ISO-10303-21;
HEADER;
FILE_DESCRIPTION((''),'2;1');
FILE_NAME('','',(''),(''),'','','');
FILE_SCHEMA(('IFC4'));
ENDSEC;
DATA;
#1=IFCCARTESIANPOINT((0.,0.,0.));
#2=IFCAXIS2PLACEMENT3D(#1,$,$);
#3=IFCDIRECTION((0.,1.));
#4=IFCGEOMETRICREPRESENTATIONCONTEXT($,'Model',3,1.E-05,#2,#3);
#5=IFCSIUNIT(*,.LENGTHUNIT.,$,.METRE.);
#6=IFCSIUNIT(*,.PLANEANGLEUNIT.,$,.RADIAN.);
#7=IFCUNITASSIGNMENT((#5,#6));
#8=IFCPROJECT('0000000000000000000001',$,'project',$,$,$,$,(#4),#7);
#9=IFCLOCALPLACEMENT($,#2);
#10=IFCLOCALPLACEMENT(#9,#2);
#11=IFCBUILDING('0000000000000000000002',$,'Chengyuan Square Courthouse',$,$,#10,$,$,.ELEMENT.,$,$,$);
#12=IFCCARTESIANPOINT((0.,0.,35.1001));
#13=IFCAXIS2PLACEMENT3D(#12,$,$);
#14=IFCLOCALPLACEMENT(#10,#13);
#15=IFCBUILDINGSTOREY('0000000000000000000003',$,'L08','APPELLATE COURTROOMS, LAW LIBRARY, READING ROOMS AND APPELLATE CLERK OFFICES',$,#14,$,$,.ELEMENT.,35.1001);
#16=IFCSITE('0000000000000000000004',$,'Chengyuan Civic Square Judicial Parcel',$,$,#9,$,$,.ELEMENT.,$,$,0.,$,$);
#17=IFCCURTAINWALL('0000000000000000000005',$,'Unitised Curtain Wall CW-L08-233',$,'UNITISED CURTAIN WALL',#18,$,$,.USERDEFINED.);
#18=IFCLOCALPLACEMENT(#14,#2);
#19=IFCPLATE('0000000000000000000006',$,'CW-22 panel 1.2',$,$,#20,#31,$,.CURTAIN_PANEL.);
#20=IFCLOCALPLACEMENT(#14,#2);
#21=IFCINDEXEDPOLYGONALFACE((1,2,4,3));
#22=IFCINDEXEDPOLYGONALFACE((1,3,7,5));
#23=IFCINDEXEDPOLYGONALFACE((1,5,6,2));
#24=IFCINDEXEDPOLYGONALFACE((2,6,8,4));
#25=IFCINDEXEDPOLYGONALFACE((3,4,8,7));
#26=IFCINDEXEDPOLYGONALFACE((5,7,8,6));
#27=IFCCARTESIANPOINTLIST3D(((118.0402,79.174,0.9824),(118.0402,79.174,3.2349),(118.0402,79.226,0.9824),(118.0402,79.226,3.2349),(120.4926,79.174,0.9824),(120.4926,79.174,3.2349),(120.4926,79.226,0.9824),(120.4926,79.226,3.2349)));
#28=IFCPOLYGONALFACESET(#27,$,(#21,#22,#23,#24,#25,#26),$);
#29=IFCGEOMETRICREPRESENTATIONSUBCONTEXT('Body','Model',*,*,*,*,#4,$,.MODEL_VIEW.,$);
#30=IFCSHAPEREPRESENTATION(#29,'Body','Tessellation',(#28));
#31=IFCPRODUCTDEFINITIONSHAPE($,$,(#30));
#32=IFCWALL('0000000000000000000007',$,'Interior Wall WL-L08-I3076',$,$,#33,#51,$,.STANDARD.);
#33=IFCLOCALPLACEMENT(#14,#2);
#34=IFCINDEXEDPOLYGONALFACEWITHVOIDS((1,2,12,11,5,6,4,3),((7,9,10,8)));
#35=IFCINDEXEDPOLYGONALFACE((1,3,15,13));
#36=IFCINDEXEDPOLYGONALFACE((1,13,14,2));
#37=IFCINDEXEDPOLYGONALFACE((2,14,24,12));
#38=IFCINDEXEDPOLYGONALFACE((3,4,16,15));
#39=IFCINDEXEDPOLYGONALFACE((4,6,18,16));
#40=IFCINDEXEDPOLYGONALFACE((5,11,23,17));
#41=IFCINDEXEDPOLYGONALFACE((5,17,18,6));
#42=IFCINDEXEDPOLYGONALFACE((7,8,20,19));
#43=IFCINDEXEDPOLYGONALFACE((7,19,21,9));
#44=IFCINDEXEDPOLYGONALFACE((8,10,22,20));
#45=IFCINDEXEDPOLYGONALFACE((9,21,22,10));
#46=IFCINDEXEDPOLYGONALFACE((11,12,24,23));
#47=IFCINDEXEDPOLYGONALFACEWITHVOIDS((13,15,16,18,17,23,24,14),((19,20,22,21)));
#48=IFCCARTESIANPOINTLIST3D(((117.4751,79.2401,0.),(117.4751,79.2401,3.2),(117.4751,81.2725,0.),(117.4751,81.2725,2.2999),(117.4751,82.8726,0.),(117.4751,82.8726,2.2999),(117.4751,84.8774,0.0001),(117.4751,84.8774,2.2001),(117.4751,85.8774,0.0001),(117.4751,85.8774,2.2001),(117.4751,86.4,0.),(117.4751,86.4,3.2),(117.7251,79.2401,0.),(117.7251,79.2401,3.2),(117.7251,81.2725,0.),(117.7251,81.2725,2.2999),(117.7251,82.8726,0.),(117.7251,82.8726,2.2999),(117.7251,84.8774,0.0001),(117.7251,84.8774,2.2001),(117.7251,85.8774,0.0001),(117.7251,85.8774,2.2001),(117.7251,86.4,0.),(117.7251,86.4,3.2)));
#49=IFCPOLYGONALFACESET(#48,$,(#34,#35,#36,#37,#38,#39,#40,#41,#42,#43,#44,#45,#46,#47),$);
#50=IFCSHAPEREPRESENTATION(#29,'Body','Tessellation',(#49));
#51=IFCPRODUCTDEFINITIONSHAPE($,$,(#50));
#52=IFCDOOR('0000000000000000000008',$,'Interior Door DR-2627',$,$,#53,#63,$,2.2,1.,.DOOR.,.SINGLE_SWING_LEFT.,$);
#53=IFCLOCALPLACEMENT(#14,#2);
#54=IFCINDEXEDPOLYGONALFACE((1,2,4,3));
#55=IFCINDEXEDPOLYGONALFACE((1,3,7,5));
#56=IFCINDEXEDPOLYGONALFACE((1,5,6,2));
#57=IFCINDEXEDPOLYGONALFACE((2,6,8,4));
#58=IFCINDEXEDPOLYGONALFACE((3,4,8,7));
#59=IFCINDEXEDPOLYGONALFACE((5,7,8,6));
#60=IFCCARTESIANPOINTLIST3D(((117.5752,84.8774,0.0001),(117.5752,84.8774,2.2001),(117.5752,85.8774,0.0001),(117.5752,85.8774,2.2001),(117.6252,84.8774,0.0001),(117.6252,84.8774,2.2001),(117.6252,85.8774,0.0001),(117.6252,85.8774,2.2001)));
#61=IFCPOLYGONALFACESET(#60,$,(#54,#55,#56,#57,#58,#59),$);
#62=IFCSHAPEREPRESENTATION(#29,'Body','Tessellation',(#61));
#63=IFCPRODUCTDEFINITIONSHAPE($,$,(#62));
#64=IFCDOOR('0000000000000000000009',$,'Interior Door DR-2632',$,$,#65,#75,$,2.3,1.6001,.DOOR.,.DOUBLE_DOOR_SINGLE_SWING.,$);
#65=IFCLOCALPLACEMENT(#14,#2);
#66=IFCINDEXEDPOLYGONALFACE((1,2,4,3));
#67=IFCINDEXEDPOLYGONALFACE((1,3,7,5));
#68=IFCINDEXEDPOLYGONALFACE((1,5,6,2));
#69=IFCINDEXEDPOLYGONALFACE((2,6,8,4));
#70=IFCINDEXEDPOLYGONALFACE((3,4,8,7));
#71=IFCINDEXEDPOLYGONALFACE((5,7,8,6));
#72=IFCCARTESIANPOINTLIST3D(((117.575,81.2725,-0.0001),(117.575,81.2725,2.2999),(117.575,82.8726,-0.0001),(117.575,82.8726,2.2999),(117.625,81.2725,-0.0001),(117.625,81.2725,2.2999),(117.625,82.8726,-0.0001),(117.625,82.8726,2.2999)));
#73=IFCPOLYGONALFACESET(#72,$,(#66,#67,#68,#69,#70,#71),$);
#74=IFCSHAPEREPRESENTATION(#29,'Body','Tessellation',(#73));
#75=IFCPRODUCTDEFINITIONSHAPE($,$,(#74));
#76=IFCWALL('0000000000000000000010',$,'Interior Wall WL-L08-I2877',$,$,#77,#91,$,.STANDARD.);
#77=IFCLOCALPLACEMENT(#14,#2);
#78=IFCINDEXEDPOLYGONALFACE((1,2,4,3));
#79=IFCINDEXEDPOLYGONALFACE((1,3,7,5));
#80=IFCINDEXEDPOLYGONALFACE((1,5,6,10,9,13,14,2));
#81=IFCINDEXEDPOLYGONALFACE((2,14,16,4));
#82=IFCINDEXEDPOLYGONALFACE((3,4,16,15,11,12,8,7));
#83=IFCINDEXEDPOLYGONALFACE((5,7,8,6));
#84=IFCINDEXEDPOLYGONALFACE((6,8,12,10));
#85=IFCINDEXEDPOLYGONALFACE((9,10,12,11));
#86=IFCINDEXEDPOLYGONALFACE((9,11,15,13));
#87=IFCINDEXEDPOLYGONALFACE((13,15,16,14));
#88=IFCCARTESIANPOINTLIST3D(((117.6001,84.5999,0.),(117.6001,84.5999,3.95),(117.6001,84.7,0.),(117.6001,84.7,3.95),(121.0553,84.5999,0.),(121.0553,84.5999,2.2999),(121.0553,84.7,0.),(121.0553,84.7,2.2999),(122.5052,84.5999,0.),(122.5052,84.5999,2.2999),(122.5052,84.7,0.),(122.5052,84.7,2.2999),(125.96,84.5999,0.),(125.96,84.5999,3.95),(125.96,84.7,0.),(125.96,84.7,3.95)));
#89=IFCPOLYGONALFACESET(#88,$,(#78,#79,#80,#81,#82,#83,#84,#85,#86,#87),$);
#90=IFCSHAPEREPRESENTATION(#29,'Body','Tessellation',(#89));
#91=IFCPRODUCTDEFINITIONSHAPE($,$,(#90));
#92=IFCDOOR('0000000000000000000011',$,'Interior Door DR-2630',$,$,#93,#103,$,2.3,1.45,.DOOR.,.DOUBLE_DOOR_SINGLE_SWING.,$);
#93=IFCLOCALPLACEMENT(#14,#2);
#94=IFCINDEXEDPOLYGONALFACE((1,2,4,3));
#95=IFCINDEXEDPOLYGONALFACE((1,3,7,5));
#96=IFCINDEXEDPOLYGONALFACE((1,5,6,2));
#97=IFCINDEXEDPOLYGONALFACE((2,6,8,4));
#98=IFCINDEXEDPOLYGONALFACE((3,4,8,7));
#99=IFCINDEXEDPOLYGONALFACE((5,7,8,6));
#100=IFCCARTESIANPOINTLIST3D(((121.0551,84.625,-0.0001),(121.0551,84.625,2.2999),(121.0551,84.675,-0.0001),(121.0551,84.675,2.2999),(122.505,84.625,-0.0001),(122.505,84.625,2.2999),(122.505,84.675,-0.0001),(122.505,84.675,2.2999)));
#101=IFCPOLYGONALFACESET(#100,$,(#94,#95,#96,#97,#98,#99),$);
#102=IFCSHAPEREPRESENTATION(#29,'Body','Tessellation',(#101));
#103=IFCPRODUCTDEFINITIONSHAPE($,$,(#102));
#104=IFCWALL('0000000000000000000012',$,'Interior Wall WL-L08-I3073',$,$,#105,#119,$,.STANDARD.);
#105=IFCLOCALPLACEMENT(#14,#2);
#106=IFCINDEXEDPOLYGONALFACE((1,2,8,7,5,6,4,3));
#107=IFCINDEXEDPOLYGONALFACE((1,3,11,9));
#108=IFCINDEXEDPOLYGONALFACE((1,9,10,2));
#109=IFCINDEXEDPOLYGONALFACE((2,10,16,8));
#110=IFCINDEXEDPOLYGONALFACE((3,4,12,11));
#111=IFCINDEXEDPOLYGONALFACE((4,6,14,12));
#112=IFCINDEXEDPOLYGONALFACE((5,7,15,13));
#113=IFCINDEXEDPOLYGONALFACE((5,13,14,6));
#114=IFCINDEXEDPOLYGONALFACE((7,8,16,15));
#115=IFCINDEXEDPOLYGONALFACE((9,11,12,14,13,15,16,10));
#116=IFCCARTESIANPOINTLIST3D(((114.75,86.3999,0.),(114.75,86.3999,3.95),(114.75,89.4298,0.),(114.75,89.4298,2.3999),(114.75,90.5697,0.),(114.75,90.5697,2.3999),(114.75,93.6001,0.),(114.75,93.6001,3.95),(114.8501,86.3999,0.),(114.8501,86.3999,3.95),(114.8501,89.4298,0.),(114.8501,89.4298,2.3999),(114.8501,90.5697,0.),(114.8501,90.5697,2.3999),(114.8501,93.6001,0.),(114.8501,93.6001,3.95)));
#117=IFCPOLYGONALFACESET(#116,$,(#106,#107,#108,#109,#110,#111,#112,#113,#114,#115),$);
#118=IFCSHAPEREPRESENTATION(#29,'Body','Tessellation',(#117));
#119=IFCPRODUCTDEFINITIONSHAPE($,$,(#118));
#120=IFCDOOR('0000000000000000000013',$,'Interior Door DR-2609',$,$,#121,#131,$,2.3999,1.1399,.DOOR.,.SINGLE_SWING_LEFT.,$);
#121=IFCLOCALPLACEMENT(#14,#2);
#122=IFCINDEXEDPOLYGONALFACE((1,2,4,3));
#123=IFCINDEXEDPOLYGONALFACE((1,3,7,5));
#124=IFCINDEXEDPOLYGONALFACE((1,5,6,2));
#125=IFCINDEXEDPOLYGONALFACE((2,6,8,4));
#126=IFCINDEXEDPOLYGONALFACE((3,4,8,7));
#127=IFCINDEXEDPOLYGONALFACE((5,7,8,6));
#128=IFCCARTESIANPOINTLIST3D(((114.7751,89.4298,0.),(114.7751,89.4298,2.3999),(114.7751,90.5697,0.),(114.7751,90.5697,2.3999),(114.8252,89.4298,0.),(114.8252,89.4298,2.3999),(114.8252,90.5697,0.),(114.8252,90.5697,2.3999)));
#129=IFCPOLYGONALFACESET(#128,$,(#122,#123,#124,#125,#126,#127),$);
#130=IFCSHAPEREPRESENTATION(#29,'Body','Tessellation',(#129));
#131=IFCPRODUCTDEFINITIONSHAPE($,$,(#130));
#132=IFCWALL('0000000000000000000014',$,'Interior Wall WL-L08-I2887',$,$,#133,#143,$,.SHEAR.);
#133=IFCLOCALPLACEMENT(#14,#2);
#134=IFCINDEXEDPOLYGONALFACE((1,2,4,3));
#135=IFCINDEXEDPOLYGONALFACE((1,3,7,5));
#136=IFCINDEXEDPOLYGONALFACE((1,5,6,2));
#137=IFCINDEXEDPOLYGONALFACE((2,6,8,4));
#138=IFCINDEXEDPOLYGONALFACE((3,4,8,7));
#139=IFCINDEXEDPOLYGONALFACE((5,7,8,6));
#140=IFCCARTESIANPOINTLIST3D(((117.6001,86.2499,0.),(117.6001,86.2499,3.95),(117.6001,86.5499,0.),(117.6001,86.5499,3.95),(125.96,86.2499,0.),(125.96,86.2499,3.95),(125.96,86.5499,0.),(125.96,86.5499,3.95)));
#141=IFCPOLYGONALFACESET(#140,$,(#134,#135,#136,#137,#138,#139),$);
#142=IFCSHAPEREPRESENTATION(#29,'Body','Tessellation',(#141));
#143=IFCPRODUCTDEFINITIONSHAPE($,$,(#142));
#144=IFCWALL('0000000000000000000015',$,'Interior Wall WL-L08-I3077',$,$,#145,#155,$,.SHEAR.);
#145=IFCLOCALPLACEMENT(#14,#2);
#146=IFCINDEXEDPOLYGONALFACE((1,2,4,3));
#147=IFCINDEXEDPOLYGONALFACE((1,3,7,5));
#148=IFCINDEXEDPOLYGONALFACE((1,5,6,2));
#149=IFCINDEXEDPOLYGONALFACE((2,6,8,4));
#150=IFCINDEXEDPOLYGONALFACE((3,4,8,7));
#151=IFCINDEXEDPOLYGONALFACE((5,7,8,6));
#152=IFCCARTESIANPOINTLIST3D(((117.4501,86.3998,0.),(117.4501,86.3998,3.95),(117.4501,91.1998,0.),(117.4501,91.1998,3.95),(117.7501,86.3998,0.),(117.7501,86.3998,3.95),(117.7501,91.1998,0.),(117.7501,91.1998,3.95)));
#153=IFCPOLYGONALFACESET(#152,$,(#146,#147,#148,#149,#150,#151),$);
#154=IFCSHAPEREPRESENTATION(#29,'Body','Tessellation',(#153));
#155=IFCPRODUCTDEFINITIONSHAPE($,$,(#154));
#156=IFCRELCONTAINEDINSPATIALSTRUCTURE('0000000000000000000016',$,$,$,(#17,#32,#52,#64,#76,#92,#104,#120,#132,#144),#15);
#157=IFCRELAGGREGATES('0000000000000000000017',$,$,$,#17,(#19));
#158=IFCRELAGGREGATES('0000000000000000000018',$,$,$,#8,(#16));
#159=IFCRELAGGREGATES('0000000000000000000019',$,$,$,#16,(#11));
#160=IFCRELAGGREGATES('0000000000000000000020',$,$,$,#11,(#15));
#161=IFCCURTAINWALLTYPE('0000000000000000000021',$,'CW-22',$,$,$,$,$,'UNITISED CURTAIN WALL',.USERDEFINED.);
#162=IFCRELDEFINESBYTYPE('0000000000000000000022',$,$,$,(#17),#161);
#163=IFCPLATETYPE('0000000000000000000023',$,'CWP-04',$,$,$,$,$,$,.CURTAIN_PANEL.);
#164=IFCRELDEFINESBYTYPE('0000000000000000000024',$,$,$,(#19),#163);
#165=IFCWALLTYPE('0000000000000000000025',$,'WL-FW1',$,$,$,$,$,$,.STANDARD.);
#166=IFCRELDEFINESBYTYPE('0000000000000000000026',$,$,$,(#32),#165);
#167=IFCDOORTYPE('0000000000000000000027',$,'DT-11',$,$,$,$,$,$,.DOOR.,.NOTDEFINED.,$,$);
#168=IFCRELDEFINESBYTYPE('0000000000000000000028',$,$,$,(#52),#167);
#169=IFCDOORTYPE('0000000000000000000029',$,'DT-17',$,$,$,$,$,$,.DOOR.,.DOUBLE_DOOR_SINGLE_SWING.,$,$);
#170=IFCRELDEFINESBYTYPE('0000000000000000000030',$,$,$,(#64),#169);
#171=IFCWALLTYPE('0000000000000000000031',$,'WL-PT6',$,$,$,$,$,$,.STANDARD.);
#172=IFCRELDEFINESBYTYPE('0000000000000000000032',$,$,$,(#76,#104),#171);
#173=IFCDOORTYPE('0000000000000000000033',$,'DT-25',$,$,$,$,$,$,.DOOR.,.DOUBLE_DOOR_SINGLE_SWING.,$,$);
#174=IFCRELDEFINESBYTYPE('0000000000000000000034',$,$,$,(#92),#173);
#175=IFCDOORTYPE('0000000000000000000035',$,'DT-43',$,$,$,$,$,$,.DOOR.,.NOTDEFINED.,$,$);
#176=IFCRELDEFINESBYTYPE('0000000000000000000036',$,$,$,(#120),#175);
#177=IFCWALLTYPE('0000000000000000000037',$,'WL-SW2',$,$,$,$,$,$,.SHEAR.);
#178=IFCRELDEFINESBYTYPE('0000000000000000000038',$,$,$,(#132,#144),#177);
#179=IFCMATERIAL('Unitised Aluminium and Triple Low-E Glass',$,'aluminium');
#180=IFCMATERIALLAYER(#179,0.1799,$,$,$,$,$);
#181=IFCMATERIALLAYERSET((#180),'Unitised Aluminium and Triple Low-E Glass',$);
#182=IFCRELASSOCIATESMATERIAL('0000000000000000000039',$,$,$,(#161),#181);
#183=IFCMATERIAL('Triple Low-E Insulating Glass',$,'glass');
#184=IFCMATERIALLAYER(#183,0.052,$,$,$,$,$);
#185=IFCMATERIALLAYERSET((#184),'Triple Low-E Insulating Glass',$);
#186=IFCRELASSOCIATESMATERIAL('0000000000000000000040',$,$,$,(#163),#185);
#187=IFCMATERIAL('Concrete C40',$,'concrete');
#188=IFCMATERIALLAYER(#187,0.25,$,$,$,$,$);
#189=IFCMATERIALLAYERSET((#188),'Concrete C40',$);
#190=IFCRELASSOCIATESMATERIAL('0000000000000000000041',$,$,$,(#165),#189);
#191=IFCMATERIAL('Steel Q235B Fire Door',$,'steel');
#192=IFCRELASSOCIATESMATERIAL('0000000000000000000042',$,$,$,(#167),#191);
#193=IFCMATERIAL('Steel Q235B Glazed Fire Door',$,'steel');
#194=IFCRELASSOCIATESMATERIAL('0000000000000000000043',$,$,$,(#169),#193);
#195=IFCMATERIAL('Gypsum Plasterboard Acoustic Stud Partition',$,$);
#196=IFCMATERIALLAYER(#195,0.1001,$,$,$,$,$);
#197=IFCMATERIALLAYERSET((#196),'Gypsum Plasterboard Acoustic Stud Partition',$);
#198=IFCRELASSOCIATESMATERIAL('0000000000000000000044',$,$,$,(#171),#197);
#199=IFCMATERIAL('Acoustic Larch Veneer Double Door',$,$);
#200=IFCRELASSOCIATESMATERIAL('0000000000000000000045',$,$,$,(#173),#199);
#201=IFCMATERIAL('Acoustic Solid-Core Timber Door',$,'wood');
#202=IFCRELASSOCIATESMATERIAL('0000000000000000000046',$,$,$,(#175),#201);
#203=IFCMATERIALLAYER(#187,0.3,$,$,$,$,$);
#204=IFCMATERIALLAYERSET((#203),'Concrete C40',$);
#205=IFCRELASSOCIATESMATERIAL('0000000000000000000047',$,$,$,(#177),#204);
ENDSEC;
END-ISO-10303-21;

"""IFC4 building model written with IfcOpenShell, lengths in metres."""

from ifc_helpers import new_model, si_unit, direction, frame, frame_2d, origin, origin_2d, place, context, subcontext, project, spatial, rectangle, extrude, material, layer, layer_set, type_object, element, fill, aggregate, save


model = new_model("IFC4")

# Units and contexts
model_context = context("Model", 3, precision=1e-05, world=origin(), true_north=direction((0.0, 1.0)))
body_context = subcontext(model_context, "Body", "Model", "MODEL_VIEW")
ifc_project = project(units=[si_unit("LENGTHUNIT", "METRE"), si_unit("PLANEANGLEUNIT", "RADIAN")], contexts=[model_context])

# Site, building, storey
site_placement = place(None, origin())
site = spatial("IfcSite", under=ifc_project, at=site_placement, Name="Chengyuan Civic Square Judicial Parcel", CompositionType="ELEMENT", RefElevation=0.0)
building_placement = place(site_placement, origin())
building = spatial("IfcBuilding", under=site, at=building_placement, Name="Chengyuan Square Courthouse", CompositionType="ELEMENT")
storey_placement = place(building_placement, frame((0.0, 0.0, 35.1001)))
storey = spatial("IfcBuildingStorey", under=building, at=storey_placement, Name="L08", Description="APPELLATE COURTROOMS, LAW LIBRARY, READING ROOMS AND APPELLATE CLERK OFFICES", CompositionType="ELEMENT", Elevation=35.1001)

# Shared definitions
ifc_material_1 = material(Name="Concrete C40", Category="concrete")

# Shared definitions
ifc_material_2 = material(Name="Unitised Aluminium and Triple Low-E Glass", Category="aluminium")
ifc_layer_1 = layer(ifc_material_2, 0.1799)
ifc_layer_set_1 = layer_set([ifc_layer_1], Name="Unitised Aluminium and Triple Low-E Glass")
curtain_wall_type = type_object("IfcCurtainWallType", Name="CW-22", ElementType="UNITISED CURTAIN WALL", PredefinedType="USERDEFINED", material=ifc_layer_set_1)

# Curtain wall
curtain_wall_1_placement = place(storey_placement, origin())
curtain_wall_1 = element("IfcCurtainWall", 1, at=curtain_wall_1_placement, inside=storey, type_object=curtain_wall_type, Name="Unitised Curtain Wall CW-L08-233", ObjectType="UNITISED CURTAIN WALL", PredefinedType="USERDEFINED")

# Plate
ifc_material_3 = material(Name="Triple Low-E Insulating Glass", Category="glass")
ifc_layer_2 = layer(ifc_material_3, 0.052)
ifc_layer_set_2 = layer_set([ifc_layer_2], Name="Triple Low-E Insulating Glass")
plate_type = type_object("IfcPlateType", Name="CWP-04", PredefinedType="CURTAIN_PANEL", material=ifc_layer_set_2)
plate_1_placement = place(storey_placement, frame((119.2664, 79.2, 0.9824), z_axis=(0.0, 0.0, 1.0), x_axis=(1.0, 0.0, 0.0)))
plate_1 = element("IfcPlate", 2, at=plate_1_placement, type_object=plate_type, Name="CW-22 panel 1.2", PredefinedType="CURTAIN_PANEL", context=body_context, shape_type="SweptSolid", body=[
    extrude(rectangle(XDim=2.4524, YDim=0.052, at=origin_2d()), origin(), (0.0, 0.0, 1.0), 2.2524),
])
aggregate(curtain_wall_1, [plate_1])

# Wall, openings, doors
ifc_layer_3 = layer(ifc_material_1, 0.25)
ifc_layer_set_3 = layer_set([ifc_layer_3], Name="Concrete C40")
wall_type_1 = type_object("IfcWallType", Name="WL-FW1", PredefinedType="STANDARD", material=ifc_layer_set_3)
wall_1_placement = place(storey_placement, frame((117.6001, 79.24, 0.0), z_axis=(0.0, 0.0, 1.0), x_axis=(0.0, 1.0, 0.0)))
wall_1 = element("IfcWall", 3, at=wall_1_placement, inside=storey, type_object=wall_type_1, Name="Interior Wall WL-L08-I3076", PredefinedType="STANDARD", context=body_context, shape_type="SweptSolid", body=[
    extrude(rectangle(XDim=7.1599, YDim=0.25, at=frame_2d((3.5801, 0.0))), origin(), (0.0, 0.0, 1.0), 3.2),
])
opening_1_placement = place(wall_1_placement, frame((5.6375, 0.0, 0.0)))
opening_1 = element("IfcOpeningElement", 4, at=opening_1_placement, cuts=wall_1, PredefinedType="OPENING", context=body_context, shape_type="SweptSolid", body=[
    extrude(rectangle(XDim=1.0, YDim=2.2, at=frame_2d((0.5, 1.1001))), frame((0.0, 0.137, 0.0), z_axis=(0.0, -1.0, 0.0), x_axis=(1.0, 0.0, 0.0)), (0.0, 0.0, 1.0), 0.2739),
])
opening_2_placement = place(wall_1_placement, frame((2.0325, 0.0, 0.0)))
opening_2 = element("IfcOpeningElement", 5, at=opening_2_placement, cuts=wall_1, PredefinedType="OPENING", context=body_context, shape_type="SweptSolid", body=[
    extrude(rectangle(XDim=1.6001, YDim=2.3, at=frame_2d((0.8, 1.1499))), frame((0.0, 0.137, 0.0), z_axis=(0.0, -1.0, 0.0), x_axis=(1.0, 0.0, 0.0)), (0.0, 0.0, 1.0), 0.2739),
])
ifc_material_4 = material(Name="Steel Q235B Fire Door", Category="steel")
door_type_1 = type_object("IfcDoorType", Name="DT-11", OperationType="NOTDEFINED", PredefinedType="DOOR", material=ifc_material_4)
door_1_placement = place(opening_1_placement, origin())
door_1 = element("IfcDoor", 6, at=door_1_placement, inside=storey, type_object=door_type_1, Name="Interior Door DR-2627", OperationType="SINGLE_SWING_LEFT", OverallHeight=2.2, OverallWidth=1.0, PredefinedType="DOOR", context=body_context, shape_type="SweptSolid", body=[
    extrude(rectangle(XDim=1.0, YDim=2.2, at=frame_2d((0.5, 1.1001))), frame((0.0, 0.0249, 0.0), z_axis=(0.0, -1.0, 0.0), x_axis=(1.0, 0.0, 0.0)), (0.0, 0.0, 1.0), 0.05),
])
fill(opening_1, door_1)
ifc_material_5 = material(Name="Steel Q235B Glazed Fire Door", Category="steel")
door_type_2 = type_object("IfcDoorType", Name="DT-17", OperationType="DOUBLE_DOOR_SINGLE_SWING", PredefinedType="DOOR", material=ifc_material_5)
door_2_placement = place(opening_2_placement, frame((1.6001, 0.0, 0.0), z_axis=(0.0, 0.0, 1.0), x_axis=(-1.0, 0.0, 0.0)))
door_2 = element("IfcDoor", 7, at=door_2_placement, inside=storey, type_object=door_type_2, Name="Interior Door DR-2632", OperationType="DOUBLE_DOOR_SINGLE_SWING", OverallHeight=2.3, OverallWidth=1.6001, PredefinedType="DOOR", context=body_context, shape_type="SweptSolid", body=[
    extrude(rectangle(XDim=1.6001, YDim=2.3, at=frame_2d((0.8, 1.1499))), frame((0.0, 0.0249, 0.0), z_axis=(0.0, -1.0, 0.0), x_axis=(1.0, 0.0, 0.0)), (0.0, 0.0, 1.0), 0.05),
])
fill(opening_2, door_2)

# Walls, openings, doors
ifc_material_6 = material(Name="Gypsum Plasterboard Acoustic Stud Partition")
ifc_layer_4 = layer(ifc_material_6, 0.1001)
ifc_layer_set_4 = layer_set([ifc_layer_4], Name="Gypsum Plasterboard Acoustic Stud Partition")
wall_type_2 = type_object("IfcWallType", Name="WL-PT6", PredefinedType="STANDARD", material=ifc_layer_set_4)
wall_2_placement = place(storey_placement, frame((117.6001, 84.6499, 0.0), z_axis=(0.0, 0.0, 1.0), x_axis=(1.0, 0.0, 0.0)))
wall_2 = element("IfcWall", 8, at=wall_2_placement, inside=storey, type_object=wall_type_2, Name="Interior Wall WL-L08-I2877", PredefinedType="STANDARD", context=body_context, shape_type="SweptSolid", body=[
    extrude(rectangle(XDim=8.3599, YDim=0.1001, at=frame_2d((4.1799, 0.0))), origin(), (0.0, 0.0, 1.0), 3.95),
])
opening_3_placement = place(wall_2_placement, frame((3.4551, 0.0, 0.0)))
opening_3 = element("IfcOpeningElement", 9, at=opening_3_placement, cuts=wall_2, PredefinedType="OPENING", context=body_context, shape_type="SweptSolid", body=[
    extrude(rectangle(XDim=1.45, YDim=2.3, at=frame_2d((0.7251, 1.1499))), frame((0.0, 0.062, 0.0), z_axis=(0.0, -1.0, 0.0), x_axis=(1.0, 0.0, 0.0)), (0.0, 0.0, 1.0), 0.124),
])
ifc_material_7 = material(Name="Acoustic Larch Veneer Double Door")
door_type_3 = type_object("IfcDoorType", Name="DT-25", OperationType="DOUBLE_DOOR_SINGLE_SWING", PredefinedType="DOOR", material=ifc_material_7)
door_3_placement = place(opening_3_placement, frame((1.45, 0.0, 0.0), z_axis=(0.0, 0.0, 1.0), x_axis=(-1.0, 0.0, 0.0)))
door_3 = element("IfcDoor", 10, at=door_3_placement, inside=storey, type_object=door_type_3, Name="Interior Door DR-2630", OperationType="DOUBLE_DOOR_SINGLE_SWING", OverallHeight=2.3, OverallWidth=1.45, PredefinedType="DOOR", context=body_context, shape_type="SweptSolid", body=[
    extrude(rectangle(XDim=1.45, YDim=2.3, at=frame_2d((0.7251, 1.1499))), frame((0.0, 0.0249, 0.0), z_axis=(0.0, -1.0, 0.0), x_axis=(1.0, 0.0, 0.0)), (0.0, 0.0, 1.0), 0.05),
])
fill(opening_3, door_3)
wall_3_placement = place(storey_placement, frame((114.8, 86.3999, 0.0), z_axis=(0.0, 0.0, 1.0), x_axis=(0.0, 1.0, 0.0)))
wall_3 = element("IfcWall", 11, at=wall_3_placement, inside=storey, type_object=wall_type_2, Name="Interior Wall WL-L08-I3073", PredefinedType="STANDARD", context=body_context, shape_type="SweptSolid", body=[
    extrude(rectangle(XDim=7.2002, YDim=0.1001, at=frame_2d((3.6001, 0.0))), origin(), (0.0, 0.0, 1.0), 3.95),
])
opening_4_placement = place(wall_3_placement, frame((3.03, 0.0, 0.0)))
opening_4 = element("IfcOpeningElement", 12, at=opening_4_placement, cuts=wall_3, PredefinedType="OPENING", context=body_context, shape_type="SweptSolid", body=[
    extrude(rectangle(XDim=1.1399, YDim=2.3999, at=frame_2d((0.5698, 1.2))), frame((0.0, 0.062, 0.0), z_axis=(0.0, -1.0, 0.0), x_axis=(1.0, 0.0, 0.0)), (0.0, 0.0, 1.0), 0.124),
])
ifc_material_8 = material(Name="Acoustic Solid-Core Timber Door", Category="wood")
door_type_4 = type_object("IfcDoorType", Name="DT-43", OperationType="NOTDEFINED", PredefinedType="DOOR", material=ifc_material_8)
door_4_placement = place(opening_4_placement, origin())
door_4 = element("IfcDoor", 13, at=door_4_placement, inside=storey, type_object=door_type_4, Name="Interior Door DR-2609", OperationType="SINGLE_SWING_LEFT", OverallHeight=2.3999, OverallWidth=1.1399, PredefinedType="DOOR", context=body_context, shape_type="SweptSolid", body=[
    extrude(rectangle(XDim=1.1399, YDim=2.3999, at=frame_2d((0.5698, 1.2))), frame((0.0, 0.0249, 0.0), z_axis=(0.0, -1.0, 0.0), x_axis=(1.0, 0.0, 0.0)), (0.0, 0.0, 1.0), 0.05),
])
fill(opening_4, door_4)

# Walls
ifc_layer_5 = layer(ifc_material_1, 0.3)
ifc_layer_set_5 = layer_set([ifc_layer_5], Name="Concrete C40")
wall_type_3 = type_object("IfcWallType", Name="WL-SW2", PredefinedType="SHEAR", material=ifc_layer_set_5)
wall_4_placement = place(storey_placement, frame((117.6001, 86.3999, 0.0), z_axis=(0.0, 0.0, 1.0), x_axis=(1.0, 0.0, 0.0)))
element("IfcWall", 14, at=wall_4_placement, inside=storey, type_object=wall_type_3, Name="Interior Wall WL-L08-I2887", PredefinedType="SHEAR", context=body_context, shape_type="SweptSolid", body=[
    extrude(rectangle(XDim=8.3599, YDim=0.3, at=frame_2d((4.1799, 0.0))), origin(), (0.0, 0.0, 1.0), 3.95),
])
wall_5_placement = place(storey_placement, frame((117.6001, 86.3999, 0.0), z_axis=(0.0, 0.0, 1.0), x_axis=(0.0, 1.0, 0.0)))
element("IfcWall", 15, at=wall_5_placement, inside=storey, type_object=wall_type_3, Name="Interior Wall WL-L08-I3077", PredefinedType="SHEAR", context=body_context, shape_type="SweptSolid", body=[
    extrude(rectangle(XDim=4.8, YDim=0.3, at=frame_2d((2.3999, 0.0))), origin(), (0.0, 0.0, 1.0), 3.95),
])

save(model, "model.ifc")
